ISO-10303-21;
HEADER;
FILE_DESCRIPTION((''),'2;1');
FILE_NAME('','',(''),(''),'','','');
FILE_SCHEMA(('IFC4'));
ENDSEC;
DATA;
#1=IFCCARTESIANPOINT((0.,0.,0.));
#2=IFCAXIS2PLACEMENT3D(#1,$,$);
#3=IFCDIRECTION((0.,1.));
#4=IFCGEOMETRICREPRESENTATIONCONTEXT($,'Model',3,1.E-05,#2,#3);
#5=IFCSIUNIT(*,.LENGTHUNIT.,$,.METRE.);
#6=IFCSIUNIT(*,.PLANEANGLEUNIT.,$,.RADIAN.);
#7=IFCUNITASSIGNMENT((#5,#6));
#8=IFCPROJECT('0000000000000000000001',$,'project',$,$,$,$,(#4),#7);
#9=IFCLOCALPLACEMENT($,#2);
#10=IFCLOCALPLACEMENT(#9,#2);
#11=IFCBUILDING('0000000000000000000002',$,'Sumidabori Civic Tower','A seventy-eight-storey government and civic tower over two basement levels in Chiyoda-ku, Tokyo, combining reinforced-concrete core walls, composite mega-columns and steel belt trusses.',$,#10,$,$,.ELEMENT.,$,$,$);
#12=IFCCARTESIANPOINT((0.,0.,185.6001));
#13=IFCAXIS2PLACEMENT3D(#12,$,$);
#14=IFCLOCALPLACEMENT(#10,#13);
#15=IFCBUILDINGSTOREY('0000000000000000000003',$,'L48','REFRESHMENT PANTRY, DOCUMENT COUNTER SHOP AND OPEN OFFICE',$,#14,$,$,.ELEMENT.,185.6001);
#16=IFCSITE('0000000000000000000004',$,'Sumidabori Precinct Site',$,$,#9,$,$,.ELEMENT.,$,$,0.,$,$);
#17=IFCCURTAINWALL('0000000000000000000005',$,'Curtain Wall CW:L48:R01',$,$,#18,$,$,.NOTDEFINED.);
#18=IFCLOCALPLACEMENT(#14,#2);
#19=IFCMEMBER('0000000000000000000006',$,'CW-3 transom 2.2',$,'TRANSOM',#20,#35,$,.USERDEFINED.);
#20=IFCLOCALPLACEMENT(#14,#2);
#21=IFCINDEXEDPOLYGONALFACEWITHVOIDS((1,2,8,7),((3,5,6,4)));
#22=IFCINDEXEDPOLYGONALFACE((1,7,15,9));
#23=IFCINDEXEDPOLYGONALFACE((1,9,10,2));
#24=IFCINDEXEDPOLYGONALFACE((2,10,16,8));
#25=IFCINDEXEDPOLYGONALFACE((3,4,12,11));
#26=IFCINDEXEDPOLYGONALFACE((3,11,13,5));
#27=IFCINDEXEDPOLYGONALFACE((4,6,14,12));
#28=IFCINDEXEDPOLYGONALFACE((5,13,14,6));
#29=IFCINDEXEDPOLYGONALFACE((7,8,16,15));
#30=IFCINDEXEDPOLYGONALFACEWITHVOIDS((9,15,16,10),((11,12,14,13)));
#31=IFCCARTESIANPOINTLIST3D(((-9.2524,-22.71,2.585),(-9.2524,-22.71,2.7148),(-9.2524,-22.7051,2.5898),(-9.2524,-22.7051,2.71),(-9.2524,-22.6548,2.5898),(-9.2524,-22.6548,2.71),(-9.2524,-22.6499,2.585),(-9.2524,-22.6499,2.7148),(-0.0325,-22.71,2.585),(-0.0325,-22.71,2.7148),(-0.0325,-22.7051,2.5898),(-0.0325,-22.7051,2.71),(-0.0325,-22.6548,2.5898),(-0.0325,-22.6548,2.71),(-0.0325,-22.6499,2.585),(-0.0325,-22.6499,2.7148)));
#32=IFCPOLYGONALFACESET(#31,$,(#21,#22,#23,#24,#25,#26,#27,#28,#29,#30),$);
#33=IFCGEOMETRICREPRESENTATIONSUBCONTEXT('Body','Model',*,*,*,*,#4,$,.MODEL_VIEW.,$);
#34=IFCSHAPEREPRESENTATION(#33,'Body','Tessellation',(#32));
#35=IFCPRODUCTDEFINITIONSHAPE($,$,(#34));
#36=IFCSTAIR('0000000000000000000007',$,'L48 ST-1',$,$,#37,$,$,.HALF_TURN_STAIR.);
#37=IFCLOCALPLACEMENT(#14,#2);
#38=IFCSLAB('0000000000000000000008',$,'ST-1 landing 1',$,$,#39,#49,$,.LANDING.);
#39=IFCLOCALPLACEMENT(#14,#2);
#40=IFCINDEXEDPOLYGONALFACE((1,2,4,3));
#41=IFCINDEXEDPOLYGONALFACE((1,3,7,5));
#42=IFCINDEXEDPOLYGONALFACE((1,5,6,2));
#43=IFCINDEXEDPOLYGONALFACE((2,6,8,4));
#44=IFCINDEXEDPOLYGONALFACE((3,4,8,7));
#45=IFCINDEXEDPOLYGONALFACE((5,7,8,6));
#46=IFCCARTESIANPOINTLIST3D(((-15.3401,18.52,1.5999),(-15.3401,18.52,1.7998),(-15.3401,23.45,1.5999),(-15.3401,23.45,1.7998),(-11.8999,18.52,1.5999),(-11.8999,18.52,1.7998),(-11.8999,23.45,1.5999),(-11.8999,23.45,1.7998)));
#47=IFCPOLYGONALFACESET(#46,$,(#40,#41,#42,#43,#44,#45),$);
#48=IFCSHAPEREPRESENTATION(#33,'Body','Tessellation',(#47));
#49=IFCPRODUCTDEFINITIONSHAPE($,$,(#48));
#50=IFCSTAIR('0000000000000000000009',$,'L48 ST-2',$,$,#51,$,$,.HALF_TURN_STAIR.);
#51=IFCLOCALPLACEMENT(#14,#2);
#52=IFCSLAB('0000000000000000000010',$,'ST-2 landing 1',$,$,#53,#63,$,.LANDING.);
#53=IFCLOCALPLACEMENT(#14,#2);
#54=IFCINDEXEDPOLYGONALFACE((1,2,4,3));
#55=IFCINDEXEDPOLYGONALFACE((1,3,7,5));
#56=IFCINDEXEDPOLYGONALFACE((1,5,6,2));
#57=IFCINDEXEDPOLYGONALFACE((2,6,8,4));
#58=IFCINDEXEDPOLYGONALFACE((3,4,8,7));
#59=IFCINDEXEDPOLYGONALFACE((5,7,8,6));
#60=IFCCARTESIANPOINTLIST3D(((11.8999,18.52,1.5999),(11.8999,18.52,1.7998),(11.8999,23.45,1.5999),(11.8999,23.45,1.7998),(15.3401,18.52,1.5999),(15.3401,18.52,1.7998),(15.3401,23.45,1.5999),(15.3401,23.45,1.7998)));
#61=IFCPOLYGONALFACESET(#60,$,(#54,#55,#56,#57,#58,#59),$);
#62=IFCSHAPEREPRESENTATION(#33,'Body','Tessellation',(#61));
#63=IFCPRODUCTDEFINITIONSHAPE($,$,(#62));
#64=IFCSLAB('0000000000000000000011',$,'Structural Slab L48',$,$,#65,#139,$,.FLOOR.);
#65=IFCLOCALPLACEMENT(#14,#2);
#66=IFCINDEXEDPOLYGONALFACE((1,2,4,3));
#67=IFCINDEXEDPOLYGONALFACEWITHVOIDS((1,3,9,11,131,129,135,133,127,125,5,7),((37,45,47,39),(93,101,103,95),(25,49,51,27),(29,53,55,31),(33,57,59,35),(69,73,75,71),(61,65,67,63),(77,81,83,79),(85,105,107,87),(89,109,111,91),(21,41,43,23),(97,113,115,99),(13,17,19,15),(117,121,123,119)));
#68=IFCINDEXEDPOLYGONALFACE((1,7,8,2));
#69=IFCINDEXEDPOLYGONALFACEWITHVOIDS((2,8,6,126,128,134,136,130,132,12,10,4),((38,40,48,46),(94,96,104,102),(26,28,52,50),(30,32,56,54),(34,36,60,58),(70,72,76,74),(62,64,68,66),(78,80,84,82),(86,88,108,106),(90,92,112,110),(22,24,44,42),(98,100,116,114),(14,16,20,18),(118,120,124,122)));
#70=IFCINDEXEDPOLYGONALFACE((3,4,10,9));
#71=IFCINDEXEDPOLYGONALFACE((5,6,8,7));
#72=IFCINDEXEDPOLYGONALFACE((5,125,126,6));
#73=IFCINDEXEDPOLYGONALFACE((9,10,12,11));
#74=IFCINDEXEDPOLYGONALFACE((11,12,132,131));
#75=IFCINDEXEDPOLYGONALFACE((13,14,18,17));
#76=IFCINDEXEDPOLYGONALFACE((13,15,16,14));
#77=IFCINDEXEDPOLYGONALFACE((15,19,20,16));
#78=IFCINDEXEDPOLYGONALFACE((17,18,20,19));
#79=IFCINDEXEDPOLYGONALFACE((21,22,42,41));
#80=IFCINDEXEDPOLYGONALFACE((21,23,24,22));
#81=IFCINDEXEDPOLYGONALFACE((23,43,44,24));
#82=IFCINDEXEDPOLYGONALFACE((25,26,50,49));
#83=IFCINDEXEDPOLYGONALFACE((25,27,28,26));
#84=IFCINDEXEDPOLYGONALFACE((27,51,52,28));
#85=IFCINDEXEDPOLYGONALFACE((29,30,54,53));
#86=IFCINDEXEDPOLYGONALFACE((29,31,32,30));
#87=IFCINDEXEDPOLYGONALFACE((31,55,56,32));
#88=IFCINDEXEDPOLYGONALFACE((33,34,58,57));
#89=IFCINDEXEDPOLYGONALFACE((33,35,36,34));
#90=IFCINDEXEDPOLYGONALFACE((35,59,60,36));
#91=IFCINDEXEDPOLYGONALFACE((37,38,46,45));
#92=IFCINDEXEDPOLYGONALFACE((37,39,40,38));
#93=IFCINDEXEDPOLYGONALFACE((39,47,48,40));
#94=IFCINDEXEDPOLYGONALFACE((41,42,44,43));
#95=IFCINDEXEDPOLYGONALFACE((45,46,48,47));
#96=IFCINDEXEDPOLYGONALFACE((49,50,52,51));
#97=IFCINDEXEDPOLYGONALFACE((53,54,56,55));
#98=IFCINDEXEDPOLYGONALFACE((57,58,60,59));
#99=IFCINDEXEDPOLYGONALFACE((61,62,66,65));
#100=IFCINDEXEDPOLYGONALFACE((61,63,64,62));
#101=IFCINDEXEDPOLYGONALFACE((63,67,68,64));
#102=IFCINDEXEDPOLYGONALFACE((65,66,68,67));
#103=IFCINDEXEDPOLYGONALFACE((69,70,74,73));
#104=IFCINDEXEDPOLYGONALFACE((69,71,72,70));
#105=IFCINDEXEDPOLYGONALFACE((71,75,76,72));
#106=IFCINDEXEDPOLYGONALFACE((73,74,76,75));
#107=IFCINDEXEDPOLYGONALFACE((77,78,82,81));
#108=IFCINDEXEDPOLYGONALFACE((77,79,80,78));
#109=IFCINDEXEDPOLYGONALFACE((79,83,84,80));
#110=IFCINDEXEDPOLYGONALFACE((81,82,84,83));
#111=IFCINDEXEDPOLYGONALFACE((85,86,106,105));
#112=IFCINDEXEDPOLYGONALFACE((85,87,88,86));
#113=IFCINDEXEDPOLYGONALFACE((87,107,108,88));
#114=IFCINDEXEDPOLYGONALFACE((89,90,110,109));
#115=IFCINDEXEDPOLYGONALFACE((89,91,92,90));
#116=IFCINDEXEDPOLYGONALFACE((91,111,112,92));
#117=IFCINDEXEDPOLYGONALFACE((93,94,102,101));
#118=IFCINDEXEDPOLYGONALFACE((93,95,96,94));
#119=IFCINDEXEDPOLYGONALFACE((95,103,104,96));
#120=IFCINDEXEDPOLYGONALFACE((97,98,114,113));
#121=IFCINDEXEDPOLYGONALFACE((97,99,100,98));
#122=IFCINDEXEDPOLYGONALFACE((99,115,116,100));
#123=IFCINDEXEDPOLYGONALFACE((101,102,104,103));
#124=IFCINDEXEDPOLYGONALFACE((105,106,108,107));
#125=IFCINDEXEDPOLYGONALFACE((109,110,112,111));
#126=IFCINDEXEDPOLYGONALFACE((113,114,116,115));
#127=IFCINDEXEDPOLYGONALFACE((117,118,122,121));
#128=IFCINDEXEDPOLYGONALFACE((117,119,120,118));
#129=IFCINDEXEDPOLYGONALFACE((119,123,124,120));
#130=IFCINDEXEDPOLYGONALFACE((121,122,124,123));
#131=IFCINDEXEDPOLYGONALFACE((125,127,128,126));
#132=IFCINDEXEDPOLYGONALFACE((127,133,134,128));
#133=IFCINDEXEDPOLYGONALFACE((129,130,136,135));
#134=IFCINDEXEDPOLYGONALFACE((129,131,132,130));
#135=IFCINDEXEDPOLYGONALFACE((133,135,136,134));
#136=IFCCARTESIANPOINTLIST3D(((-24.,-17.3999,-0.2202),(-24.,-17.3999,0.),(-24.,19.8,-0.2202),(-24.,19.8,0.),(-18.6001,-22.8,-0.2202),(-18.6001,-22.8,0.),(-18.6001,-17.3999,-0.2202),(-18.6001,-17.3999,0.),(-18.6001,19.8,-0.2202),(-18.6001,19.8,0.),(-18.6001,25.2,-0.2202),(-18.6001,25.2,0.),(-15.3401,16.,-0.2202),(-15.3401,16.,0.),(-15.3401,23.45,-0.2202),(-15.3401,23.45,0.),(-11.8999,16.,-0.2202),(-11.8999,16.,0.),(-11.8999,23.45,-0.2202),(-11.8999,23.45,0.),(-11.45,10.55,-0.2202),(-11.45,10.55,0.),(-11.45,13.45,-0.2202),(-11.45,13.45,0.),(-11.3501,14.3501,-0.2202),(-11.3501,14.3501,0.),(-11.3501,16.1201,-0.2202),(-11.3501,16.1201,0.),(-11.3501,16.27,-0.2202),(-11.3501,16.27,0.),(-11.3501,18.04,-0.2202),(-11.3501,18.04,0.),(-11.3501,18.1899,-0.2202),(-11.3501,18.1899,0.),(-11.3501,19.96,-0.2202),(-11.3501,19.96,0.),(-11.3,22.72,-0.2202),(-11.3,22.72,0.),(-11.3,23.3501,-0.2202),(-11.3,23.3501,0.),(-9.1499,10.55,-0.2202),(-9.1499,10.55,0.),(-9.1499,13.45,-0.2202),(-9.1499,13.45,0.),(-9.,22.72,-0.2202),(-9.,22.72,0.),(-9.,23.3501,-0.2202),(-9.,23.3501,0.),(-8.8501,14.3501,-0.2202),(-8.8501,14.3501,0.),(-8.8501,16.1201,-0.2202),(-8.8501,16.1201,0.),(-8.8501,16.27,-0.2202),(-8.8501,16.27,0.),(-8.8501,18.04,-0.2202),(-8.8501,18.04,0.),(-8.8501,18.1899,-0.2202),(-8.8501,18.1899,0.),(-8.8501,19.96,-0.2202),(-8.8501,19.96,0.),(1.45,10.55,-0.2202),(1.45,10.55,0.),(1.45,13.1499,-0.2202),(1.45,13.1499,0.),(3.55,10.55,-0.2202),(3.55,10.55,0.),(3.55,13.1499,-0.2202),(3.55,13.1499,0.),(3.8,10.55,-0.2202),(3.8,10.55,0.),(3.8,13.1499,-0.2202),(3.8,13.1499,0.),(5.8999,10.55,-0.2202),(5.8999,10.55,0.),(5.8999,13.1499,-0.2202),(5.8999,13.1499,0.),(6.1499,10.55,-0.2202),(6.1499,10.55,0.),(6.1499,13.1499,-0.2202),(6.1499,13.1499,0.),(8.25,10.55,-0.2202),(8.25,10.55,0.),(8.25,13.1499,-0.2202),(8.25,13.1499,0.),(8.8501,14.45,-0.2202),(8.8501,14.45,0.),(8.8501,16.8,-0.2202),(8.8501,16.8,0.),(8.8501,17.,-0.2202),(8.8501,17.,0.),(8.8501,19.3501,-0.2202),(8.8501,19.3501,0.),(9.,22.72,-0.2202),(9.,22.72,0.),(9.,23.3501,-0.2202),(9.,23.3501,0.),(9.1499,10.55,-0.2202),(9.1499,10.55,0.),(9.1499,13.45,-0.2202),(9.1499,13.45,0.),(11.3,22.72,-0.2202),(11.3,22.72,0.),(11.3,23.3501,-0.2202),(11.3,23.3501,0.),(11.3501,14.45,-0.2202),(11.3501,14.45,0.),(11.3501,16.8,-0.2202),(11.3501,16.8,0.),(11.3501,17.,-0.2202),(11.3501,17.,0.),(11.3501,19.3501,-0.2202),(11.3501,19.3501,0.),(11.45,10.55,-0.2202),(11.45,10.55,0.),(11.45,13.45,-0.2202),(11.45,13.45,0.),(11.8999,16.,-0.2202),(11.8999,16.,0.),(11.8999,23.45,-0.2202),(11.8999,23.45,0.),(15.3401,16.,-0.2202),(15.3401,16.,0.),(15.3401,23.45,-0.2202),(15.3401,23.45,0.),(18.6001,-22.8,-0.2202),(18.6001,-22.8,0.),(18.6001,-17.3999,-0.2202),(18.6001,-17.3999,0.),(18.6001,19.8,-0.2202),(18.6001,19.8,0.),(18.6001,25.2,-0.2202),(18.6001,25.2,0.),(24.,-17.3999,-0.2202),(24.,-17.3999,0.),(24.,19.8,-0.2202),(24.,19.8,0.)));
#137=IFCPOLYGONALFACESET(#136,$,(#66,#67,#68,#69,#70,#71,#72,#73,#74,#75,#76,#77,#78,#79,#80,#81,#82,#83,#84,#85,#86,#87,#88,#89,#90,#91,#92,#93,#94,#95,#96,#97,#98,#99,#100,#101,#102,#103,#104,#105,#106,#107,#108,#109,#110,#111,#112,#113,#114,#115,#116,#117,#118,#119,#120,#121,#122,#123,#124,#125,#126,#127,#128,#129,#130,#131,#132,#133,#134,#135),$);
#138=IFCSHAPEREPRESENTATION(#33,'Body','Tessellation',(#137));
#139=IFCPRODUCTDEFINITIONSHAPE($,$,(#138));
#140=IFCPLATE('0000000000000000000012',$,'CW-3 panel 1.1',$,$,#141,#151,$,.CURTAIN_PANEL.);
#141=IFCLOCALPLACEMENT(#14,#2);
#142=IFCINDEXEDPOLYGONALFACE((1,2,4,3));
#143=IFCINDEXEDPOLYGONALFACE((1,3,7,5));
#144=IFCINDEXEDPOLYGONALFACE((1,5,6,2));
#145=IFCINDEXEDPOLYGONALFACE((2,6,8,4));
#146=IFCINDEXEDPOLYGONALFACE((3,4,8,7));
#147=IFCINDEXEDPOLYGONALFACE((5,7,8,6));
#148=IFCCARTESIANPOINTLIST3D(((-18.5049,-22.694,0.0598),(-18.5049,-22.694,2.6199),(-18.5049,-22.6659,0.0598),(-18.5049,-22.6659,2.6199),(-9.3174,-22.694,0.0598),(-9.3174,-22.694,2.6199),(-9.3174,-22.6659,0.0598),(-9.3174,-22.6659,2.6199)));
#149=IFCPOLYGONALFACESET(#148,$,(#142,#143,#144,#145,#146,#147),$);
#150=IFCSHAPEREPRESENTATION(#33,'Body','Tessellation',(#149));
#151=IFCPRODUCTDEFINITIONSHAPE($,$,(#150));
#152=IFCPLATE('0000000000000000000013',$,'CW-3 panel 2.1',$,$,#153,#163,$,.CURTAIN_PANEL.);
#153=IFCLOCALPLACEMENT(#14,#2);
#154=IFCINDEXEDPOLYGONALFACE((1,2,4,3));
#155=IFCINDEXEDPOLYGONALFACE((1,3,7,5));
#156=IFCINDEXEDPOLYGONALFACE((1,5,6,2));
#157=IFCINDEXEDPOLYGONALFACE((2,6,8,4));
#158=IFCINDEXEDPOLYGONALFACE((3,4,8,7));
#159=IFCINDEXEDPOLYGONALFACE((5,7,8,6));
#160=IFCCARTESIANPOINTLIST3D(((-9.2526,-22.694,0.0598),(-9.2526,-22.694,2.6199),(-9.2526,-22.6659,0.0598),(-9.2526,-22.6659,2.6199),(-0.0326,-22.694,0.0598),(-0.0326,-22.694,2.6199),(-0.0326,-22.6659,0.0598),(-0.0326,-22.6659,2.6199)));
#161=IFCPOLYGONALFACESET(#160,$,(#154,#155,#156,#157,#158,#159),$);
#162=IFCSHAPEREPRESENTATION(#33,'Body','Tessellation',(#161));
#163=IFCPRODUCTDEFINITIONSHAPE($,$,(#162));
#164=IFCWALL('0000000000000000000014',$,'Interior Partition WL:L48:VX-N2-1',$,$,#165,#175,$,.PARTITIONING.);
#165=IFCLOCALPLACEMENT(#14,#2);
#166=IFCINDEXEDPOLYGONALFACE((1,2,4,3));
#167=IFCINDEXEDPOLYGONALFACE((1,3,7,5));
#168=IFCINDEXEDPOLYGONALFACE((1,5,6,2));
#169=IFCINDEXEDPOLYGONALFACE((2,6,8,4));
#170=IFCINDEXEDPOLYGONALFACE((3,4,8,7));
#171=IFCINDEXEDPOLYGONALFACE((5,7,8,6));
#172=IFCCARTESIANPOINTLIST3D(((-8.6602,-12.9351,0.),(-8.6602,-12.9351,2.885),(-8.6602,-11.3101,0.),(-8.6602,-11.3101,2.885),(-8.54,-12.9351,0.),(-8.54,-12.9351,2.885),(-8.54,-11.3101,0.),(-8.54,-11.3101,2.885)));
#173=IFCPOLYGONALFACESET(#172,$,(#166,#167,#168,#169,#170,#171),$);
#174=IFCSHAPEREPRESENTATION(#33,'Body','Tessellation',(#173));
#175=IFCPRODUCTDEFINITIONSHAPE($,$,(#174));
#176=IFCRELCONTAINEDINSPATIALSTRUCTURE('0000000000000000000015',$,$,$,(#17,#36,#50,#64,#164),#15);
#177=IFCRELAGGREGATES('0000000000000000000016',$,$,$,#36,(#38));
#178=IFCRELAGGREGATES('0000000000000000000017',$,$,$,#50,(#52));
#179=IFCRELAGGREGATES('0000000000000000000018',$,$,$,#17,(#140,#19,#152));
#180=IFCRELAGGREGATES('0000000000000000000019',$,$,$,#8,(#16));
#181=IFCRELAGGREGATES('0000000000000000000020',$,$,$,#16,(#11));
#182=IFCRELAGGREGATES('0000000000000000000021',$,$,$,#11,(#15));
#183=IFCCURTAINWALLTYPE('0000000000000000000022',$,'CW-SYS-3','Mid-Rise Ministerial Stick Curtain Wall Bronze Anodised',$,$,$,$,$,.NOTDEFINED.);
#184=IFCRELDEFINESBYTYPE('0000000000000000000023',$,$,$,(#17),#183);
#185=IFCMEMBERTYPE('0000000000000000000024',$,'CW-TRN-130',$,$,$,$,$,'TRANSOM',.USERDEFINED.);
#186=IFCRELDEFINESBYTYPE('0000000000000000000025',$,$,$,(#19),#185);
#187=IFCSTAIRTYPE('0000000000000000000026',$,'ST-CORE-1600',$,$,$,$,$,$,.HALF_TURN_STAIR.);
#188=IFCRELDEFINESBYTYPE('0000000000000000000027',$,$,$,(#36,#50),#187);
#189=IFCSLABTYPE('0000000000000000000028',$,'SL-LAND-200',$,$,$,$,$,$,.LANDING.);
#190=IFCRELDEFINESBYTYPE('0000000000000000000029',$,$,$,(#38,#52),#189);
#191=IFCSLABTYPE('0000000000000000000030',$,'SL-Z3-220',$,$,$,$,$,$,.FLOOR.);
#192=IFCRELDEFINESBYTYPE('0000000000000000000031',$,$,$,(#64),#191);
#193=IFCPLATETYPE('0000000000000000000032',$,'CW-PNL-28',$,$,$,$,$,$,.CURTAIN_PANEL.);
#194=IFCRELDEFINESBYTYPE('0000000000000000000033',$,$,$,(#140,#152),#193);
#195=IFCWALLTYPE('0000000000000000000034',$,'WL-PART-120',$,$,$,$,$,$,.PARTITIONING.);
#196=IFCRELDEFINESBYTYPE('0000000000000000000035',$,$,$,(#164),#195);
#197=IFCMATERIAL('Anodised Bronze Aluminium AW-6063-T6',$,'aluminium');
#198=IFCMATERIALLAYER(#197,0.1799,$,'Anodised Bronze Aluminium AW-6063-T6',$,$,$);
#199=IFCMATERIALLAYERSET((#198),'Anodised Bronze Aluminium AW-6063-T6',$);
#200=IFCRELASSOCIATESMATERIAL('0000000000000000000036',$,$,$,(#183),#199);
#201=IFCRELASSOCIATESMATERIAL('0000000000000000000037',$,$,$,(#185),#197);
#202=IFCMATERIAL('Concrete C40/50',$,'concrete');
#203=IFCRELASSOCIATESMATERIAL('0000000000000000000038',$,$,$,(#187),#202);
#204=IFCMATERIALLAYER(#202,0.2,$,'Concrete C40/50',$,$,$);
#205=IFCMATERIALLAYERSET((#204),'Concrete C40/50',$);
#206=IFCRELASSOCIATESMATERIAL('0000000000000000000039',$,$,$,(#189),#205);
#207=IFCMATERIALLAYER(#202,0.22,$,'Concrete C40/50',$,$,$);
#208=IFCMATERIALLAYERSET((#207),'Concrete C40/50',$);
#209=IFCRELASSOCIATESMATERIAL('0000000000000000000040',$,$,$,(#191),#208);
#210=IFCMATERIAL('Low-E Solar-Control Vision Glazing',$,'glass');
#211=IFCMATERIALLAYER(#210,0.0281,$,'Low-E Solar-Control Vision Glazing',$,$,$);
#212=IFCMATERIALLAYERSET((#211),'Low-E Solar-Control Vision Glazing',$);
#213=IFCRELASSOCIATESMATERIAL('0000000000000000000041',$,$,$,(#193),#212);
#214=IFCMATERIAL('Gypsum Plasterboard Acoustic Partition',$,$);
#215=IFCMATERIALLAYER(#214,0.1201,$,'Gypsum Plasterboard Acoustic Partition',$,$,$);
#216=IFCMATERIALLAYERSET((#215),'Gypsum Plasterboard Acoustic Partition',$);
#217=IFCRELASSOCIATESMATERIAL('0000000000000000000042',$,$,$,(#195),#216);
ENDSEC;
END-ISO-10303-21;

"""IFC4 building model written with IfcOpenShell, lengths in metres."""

from ifc_helpers import new_model, si_unit, direction, frame, frame_2d, origin, origin_2d, place, context, subcontext, project, spatial, polyline, rectangle, hollow_rectangle, outline, extrude, source, transform, mapped, material, layer, layer_set, material_profile, profile_set, type_object, element, aggregate, save


model = new_model("IFC4")

# Units and contexts
model_context = context("Model", 3, precision=1e-05, world=origin(), true_north=direction((0.0, 1.0)))
body_context = subcontext(model_context, "Body", "Model", "MODEL_VIEW")
ifc_project = project(units=[si_unit("LENGTHUNIT", "METRE"), si_unit("PLANEANGLEUNIT", "RADIAN")], contexts=[model_context])

# Site, building, storey
site_placement = place(None, origin())
site = spatial("IfcSite", under=ifc_project, at=site_placement, Name="Sumidabori Precinct Site", CompositionType="ELEMENT", RefElevation=0.0)
building_placement = place(site_placement, origin())
building = spatial("IfcBuilding", under=site, at=building_placement, Name="Sumidabori Civic Tower", Description="A seventy-eight-storey government and civic tower over two basement levels in Chiyoda-ku, Tokyo, combining reinforced-concrete core walls, composite mega-columns and steel belt trusses.", CompositionType="ELEMENT")
storey_placement = place(building_placement, frame((0.0, 0.0, 185.6001)))
storey = spatial("IfcBuildingStorey", under=building, at=storey_placement, Name="L48", Description="REFRESHMENT PANTRY, DOCUMENT COUNTER SHOP AND OPEN OFFICE", CompositionType="ELEMENT", Elevation=185.6001)

# Curtain wall, member
ifc_material_1 = material(Name="Anodised Bronze Aluminium AW-6063-T6", Category="aluminium")
ifc_layer_1 = layer(ifc_material_1, 0.1799, Name="Anodised Bronze Aluminium AW-6063-T6")
ifc_layer_set_1 = layer_set([ifc_layer_1], Name="Anodised Bronze Aluminium AW-6063-T6")
curtain_wall_type = type_object("IfcCurtainWallType", Name="CW-SYS-3", Description="Mid-Rise Ministerial Stick Curtain Wall Bronze Anodised", PredefinedType="NOTDEFINED", material=ifc_layer_set_1)
curtain_wall_placement = place(storey_placement, origin())
curtain_wall = element("IfcCurtainWall", 1, at=curtain_wall_placement, inside=storey, type_object=curtain_wall_type, Name="Curtain Wall CW:L48:R01", PredefinedType="NOTDEFINED")
ifc_material_profile_1 = material_profile(ifc_material_1, hollow_rectangle(XDim=0.0601, YDim=0.1299, WallThickness=0.0049, at=origin_2d()), Name="ALU TRANSOM 130x60")
ifc_profile_set_1 = profile_set([ifc_material_profile_1], Name="Anodised Bronze Aluminium AW-6063-T6")
member_type_1 = type_object("IfcMemberType", Name="CW-TRN-130", ElementType="TRANSOM", PredefinedType="USERDEFINED", material=ifc_profile_set_1)
shared_shape_1 = source(origin(), body_context, "Body", "SweptSolid", [
    extrude(hollow_rectangle(XDim=0.0601, YDim=0.1299, WallThickness=0.0049, at=origin_2d()), origin(), (0.0, 0.0, 1.0), 9.22),
])
member_1_placement = place(storey_placement, frame((-9.2524, -22.6799, 2.6499), z_axis=(1.0, 0.0, 0.0), x_axis=(0.0, 1.0, 0.0)))
member_1 = element("IfcMember", 2, at=member_1_placement, type_object=member_type_1, Name="CW-3 transom 2.2", ObjectType="TRANSOM", PredefinedType="USERDEFINED", context=body_context, shape_type="MappedRepresentation", body=[
    mapped(shared_shape_1, transform((0.0, 0.0, 0.0), x_axis=(1.0, 0.0, 0.0), y_axis=(0.0, 1.0, 0.0), z_axis=(0.0, 0.0, 1.0), scale=1.0)),
])

# Stairs, slabs
ifc_material_2 = material(Name="Concrete C40/50", Category="concrete")
stair_type = type_object("IfcStairType", Name="ST-CORE-1600", PredefinedType="HALF_TURN_STAIR", material=ifc_material_2)
stair_1_placement = place(storey_placement, origin())
stair_1 = element("IfcStair", 3, at=stair_1_placement, inside=storey, type_object=stair_type, Name="L48 ST-1", PredefinedType="HALF_TURN_STAIR")
ifc_layer_2 = layer(ifc_material_2, 0.2, Name="Concrete C40/50")
ifc_layer_set_2 = layer_set([ifc_layer_2], Name="Concrete C40/50")
slab_type_1 = type_object("IfcSlabType", Name="SL-LAND-200", PredefinedType="LANDING", material=ifc_layer_set_2)
slab_1_placement = place(storey_placement, frame((0.0, 0.0, 1.5999)))
slab_1 = element("IfcSlab", 4, at=slab_1_placement, type_object=slab_type_1, Name="ST-1 landing 1", PredefinedType="LANDING", context=body_context, shape_type="SweptSolid", body=[
    extrude(outline(polyline([(-11.8999, 18.52), (-11.8999, 23.45), (-15.3401, 23.45), (-15.3401, 18.52), (-11.8999, 18.52)])), origin(), (0.0, 0.0, 1.0), 0.2),
])
aggregate(stair_1, [slab_1])
stair_2_placement = place(storey_placement, origin())
stair_2 = element("IfcStair", 5, at=stair_2_placement, inside=storey, type_object=stair_type, Name="L48 ST-2", PredefinedType="HALF_TURN_STAIR")
slab_2_placement = place(storey_placement, frame((0.0, 0.0, 1.5999)))
slab_2 = element("IfcSlab", 6, at=slab_2_placement, type_object=slab_type_1, Name="ST-2 landing 1", PredefinedType="LANDING", context=body_context, shape_type="SweptSolid", body=[
    extrude(outline(polyline([(15.3401, 18.52), (15.3401, 23.45), (11.8999, 23.45), (11.8999, 18.52), (15.3401, 18.52)])), origin(), (0.0, 0.0, 1.0), 0.2),
])
aggregate(stair_2, [slab_2])

# Slab
ifc_layer_3 = layer(ifc_material_2, 0.22, Name="Concrete C40/50")
ifc_layer_set_3 = layer_set([ifc_layer_3], Name="Concrete C40/50")
slab_type_2 = type_object("IfcSlabType", Name="SL-Z3-220", PredefinedType="FLOOR", material=ifc_layer_set_3)
slab_3_placement = place(storey_placement, frame((0.0, 0.0, -0.2202)))
element("IfcSlab", 7, at=slab_3_placement, inside=storey, type_object=slab_type_2, Name="Structural Slab L48", PredefinedType="FLOOR", context=body_context, shape_type="SweptSolid", body=[
    extrude(outline(polyline([(-18.6001, -22.8), (18.6001, -22.8), (18.6001, -17.3999), (24.0, -17.3999), (24.0, 19.8), (18.6001, 19.8), (18.6001, 25.2), (-18.6001, 25.2), (-18.6001, 19.8), (-24.0, 19.8), (-24.0, -17.3999), (-18.6001, -17.3999), (-18.6001, -22.8)]), holes=[polyline([(-11.8999, 16.0), (-11.8999, 23.45), (-15.3401, 23.45), (-15.3401, 16.0), (-11.8999, 16.0)]), polyline([(15.3401, 16.0), (15.3401, 23.45), (11.8999, 23.45), (11.8999, 16.0), (15.3401, 16.0)]), polyline([(-11.45, 10.55), (-9.1499, 10.55), (-9.1499, 13.45), (-11.45, 13.45), (-11.45, 10.55)]), polyline([(9.1499, 10.55), (11.45, 10.55), (11.45, 13.45), (9.1499, 13.45), (9.1499, 10.55)]), polyline([(1.45, 10.55), (3.55, 10.55), (3.55, 13.1499), (1.45, 13.1499), (1.45, 10.55)]), polyline([(3.8, 10.55), (5.8999, 10.55), (5.8999, 13.1499), (3.8, 13.1499), (3.8, 10.55)]), polyline([(6.1499, 10.55), (8.25, 10.55), (8.25, 13.1499), (6.1499, 13.1499), (6.1499, 10.55)]), polyline([(-11.3501, 14.3501), (-8.8501, 14.3501), (-8.8501, 16.1201), (-11.3501, 16.1201), (-11.3501, 14.3501)]), polyline([(-11.3501, 16.27), (-8.8501, 16.27), (-8.8501, 18.04), (-11.3501, 18.04), (-11.3501, 16.27)]), polyline([(-11.3501, 18.1899), (-8.8501, 18.1899), (-8.8501, 19.96), (-11.3501, 19.96), (-11.3501, 18.1899)]), polyline([(8.8501, 14.45), (11.3501, 14.45), (11.3501, 16.8), (8.8501, 16.8), (8.8501, 14.45)]), polyline([(8.8501, 17.0), (11.3501, 17.0), (11.3501, 19.3501), (8.8501, 19.3501), (8.8501, 17.0)]), polyline([(-11.3, 22.72), (-9.0, 22.72), (-9.0, 23.3501), (-11.3, 23.3501), (-11.3, 22.72)]), polyline([(9.0, 22.72), (11.3, 22.72), (11.3, 23.3501), (9.0, 23.3501), (9.0, 22.72)])]), origin(), (0.0, 0.0, 1.0), 0.2202),
])

# Plates
ifc_material_3 = material(Name="Low-E Solar-Control Vision Glazing", Category="glass")
ifc_layer_4 = layer(ifc_material_3, 0.0281, Name="Low-E Solar-Control Vision Glazing")
ifc_layer_set_4 = layer_set([ifc_layer_4], Name="Low-E Solar-Control Vision Glazing")
plate_type = type_object("IfcPlateType", Name="CW-PNL-28", PredefinedType="CURTAIN_PANEL", material=ifc_layer_set_4)
shared_shape_2 = source(origin(), body_context, "Body", "SweptSolid", [
    extrude(rectangle(XDim=9.1875, YDim=0.0281, at=origin_2d()), origin(), (0.0, 0.0, 1.0), 2.5601),
])
plate_1_placement = place(storey_placement, frame((-13.9111, -22.6799, 0.0598), z_axis=(0.0, 0.0, 1.0), x_axis=(1.0, 0.0, 0.0)))
plate_1 = element("IfcPlate", 8, at=plate_1_placement, type_object=plate_type, Name="CW-3 panel 1.1", PredefinedType="CURTAIN_PANEL", context=body_context, shape_type="MappedRepresentation", body=[
    mapped(shared_shape_2, transform((0.0, 0.0, 0.0), x_axis=(1.0, 0.0, 0.0), y_axis=(0.0, 1.0, 0.0), z_axis=(0.0, 0.0, 1.0), scale=1.0)),
])
shared_shape_3 = source(origin(), body_context, "Body", "SweptSolid", [
    extrude(rectangle(XDim=9.22, YDim=0.0281, at=origin_2d()), origin(), (0.0, 0.0, 1.0), 2.5601),
])
plate_2_placement = place(storey_placement, frame((-4.6426, -22.6799, 0.0598), z_axis=(0.0, 0.0, 1.0), x_axis=(1.0, 0.0, 0.0)))
plate_2 = element("IfcPlate", 9, at=plate_2_placement, type_object=plate_type, Name="CW-3 panel 2.1", PredefinedType="CURTAIN_PANEL", context=body_context, shape_type="MappedRepresentation", body=[
    mapped(shared_shape_3, transform((0.0, 0.0, 0.0), x_axis=(1.0, 0.0, 0.0), y_axis=(0.0, 1.0, 0.0), z_axis=(0.0, 0.0, 1.0), scale=1.0)),
])
aggregate(curtain_wall, [plate_1, member_1, plate_2])

# Wall
ifc_material_4 = material(Name="Gypsum Plasterboard Acoustic Partition")
ifc_layer_5 = layer(ifc_material_4, 0.1201, Name="Gypsum Plasterboard Acoustic Partition")
ifc_layer_set_5 = layer_set([ifc_layer_5], Name="Gypsum Plasterboard Acoustic Partition")
wall_type = type_object("IfcWallType", Name="WL-PART-120", PredefinedType="PARTITIONING", material=ifc_layer_set_5)
shared_shape_4 = source(origin(), body_context, "Body", "SweptSolid", [
    extrude(rectangle(XDim=1.625, YDim=0.1201, at=frame_2d((0.8125, 0.0))), origin(), (0.0, 0.0, 1.0), 2.885),
])
for number, where, z_axis, x_axis, name in (
    (10, (-8.6001, -12.9351, 0.0), (0.0, 0.0, 1.0), (0.0, 1.0, 0.0), "Interior Partition WL:L48:VX-N2-1"),
):
    element("IfcWall", number, at=place(storey_placement, frame(where, z_axis=z_axis, x_axis=x_axis)), inside=storey, type_object=wall_type, Name=name, PredefinedType="PARTITIONING", context=body_context, shape_type="MappedRepresentation", body=[
        mapped(shared_shape_4, transform((0.0, 0.0, 0.0), x_axis=(1.0, 0.0, 0.0), y_axis=(0.0, 1.0, 0.0), z_axis=(0.0, 0.0, 1.0), scale=1.0)),
    ])

save(model, "model.ifc")
